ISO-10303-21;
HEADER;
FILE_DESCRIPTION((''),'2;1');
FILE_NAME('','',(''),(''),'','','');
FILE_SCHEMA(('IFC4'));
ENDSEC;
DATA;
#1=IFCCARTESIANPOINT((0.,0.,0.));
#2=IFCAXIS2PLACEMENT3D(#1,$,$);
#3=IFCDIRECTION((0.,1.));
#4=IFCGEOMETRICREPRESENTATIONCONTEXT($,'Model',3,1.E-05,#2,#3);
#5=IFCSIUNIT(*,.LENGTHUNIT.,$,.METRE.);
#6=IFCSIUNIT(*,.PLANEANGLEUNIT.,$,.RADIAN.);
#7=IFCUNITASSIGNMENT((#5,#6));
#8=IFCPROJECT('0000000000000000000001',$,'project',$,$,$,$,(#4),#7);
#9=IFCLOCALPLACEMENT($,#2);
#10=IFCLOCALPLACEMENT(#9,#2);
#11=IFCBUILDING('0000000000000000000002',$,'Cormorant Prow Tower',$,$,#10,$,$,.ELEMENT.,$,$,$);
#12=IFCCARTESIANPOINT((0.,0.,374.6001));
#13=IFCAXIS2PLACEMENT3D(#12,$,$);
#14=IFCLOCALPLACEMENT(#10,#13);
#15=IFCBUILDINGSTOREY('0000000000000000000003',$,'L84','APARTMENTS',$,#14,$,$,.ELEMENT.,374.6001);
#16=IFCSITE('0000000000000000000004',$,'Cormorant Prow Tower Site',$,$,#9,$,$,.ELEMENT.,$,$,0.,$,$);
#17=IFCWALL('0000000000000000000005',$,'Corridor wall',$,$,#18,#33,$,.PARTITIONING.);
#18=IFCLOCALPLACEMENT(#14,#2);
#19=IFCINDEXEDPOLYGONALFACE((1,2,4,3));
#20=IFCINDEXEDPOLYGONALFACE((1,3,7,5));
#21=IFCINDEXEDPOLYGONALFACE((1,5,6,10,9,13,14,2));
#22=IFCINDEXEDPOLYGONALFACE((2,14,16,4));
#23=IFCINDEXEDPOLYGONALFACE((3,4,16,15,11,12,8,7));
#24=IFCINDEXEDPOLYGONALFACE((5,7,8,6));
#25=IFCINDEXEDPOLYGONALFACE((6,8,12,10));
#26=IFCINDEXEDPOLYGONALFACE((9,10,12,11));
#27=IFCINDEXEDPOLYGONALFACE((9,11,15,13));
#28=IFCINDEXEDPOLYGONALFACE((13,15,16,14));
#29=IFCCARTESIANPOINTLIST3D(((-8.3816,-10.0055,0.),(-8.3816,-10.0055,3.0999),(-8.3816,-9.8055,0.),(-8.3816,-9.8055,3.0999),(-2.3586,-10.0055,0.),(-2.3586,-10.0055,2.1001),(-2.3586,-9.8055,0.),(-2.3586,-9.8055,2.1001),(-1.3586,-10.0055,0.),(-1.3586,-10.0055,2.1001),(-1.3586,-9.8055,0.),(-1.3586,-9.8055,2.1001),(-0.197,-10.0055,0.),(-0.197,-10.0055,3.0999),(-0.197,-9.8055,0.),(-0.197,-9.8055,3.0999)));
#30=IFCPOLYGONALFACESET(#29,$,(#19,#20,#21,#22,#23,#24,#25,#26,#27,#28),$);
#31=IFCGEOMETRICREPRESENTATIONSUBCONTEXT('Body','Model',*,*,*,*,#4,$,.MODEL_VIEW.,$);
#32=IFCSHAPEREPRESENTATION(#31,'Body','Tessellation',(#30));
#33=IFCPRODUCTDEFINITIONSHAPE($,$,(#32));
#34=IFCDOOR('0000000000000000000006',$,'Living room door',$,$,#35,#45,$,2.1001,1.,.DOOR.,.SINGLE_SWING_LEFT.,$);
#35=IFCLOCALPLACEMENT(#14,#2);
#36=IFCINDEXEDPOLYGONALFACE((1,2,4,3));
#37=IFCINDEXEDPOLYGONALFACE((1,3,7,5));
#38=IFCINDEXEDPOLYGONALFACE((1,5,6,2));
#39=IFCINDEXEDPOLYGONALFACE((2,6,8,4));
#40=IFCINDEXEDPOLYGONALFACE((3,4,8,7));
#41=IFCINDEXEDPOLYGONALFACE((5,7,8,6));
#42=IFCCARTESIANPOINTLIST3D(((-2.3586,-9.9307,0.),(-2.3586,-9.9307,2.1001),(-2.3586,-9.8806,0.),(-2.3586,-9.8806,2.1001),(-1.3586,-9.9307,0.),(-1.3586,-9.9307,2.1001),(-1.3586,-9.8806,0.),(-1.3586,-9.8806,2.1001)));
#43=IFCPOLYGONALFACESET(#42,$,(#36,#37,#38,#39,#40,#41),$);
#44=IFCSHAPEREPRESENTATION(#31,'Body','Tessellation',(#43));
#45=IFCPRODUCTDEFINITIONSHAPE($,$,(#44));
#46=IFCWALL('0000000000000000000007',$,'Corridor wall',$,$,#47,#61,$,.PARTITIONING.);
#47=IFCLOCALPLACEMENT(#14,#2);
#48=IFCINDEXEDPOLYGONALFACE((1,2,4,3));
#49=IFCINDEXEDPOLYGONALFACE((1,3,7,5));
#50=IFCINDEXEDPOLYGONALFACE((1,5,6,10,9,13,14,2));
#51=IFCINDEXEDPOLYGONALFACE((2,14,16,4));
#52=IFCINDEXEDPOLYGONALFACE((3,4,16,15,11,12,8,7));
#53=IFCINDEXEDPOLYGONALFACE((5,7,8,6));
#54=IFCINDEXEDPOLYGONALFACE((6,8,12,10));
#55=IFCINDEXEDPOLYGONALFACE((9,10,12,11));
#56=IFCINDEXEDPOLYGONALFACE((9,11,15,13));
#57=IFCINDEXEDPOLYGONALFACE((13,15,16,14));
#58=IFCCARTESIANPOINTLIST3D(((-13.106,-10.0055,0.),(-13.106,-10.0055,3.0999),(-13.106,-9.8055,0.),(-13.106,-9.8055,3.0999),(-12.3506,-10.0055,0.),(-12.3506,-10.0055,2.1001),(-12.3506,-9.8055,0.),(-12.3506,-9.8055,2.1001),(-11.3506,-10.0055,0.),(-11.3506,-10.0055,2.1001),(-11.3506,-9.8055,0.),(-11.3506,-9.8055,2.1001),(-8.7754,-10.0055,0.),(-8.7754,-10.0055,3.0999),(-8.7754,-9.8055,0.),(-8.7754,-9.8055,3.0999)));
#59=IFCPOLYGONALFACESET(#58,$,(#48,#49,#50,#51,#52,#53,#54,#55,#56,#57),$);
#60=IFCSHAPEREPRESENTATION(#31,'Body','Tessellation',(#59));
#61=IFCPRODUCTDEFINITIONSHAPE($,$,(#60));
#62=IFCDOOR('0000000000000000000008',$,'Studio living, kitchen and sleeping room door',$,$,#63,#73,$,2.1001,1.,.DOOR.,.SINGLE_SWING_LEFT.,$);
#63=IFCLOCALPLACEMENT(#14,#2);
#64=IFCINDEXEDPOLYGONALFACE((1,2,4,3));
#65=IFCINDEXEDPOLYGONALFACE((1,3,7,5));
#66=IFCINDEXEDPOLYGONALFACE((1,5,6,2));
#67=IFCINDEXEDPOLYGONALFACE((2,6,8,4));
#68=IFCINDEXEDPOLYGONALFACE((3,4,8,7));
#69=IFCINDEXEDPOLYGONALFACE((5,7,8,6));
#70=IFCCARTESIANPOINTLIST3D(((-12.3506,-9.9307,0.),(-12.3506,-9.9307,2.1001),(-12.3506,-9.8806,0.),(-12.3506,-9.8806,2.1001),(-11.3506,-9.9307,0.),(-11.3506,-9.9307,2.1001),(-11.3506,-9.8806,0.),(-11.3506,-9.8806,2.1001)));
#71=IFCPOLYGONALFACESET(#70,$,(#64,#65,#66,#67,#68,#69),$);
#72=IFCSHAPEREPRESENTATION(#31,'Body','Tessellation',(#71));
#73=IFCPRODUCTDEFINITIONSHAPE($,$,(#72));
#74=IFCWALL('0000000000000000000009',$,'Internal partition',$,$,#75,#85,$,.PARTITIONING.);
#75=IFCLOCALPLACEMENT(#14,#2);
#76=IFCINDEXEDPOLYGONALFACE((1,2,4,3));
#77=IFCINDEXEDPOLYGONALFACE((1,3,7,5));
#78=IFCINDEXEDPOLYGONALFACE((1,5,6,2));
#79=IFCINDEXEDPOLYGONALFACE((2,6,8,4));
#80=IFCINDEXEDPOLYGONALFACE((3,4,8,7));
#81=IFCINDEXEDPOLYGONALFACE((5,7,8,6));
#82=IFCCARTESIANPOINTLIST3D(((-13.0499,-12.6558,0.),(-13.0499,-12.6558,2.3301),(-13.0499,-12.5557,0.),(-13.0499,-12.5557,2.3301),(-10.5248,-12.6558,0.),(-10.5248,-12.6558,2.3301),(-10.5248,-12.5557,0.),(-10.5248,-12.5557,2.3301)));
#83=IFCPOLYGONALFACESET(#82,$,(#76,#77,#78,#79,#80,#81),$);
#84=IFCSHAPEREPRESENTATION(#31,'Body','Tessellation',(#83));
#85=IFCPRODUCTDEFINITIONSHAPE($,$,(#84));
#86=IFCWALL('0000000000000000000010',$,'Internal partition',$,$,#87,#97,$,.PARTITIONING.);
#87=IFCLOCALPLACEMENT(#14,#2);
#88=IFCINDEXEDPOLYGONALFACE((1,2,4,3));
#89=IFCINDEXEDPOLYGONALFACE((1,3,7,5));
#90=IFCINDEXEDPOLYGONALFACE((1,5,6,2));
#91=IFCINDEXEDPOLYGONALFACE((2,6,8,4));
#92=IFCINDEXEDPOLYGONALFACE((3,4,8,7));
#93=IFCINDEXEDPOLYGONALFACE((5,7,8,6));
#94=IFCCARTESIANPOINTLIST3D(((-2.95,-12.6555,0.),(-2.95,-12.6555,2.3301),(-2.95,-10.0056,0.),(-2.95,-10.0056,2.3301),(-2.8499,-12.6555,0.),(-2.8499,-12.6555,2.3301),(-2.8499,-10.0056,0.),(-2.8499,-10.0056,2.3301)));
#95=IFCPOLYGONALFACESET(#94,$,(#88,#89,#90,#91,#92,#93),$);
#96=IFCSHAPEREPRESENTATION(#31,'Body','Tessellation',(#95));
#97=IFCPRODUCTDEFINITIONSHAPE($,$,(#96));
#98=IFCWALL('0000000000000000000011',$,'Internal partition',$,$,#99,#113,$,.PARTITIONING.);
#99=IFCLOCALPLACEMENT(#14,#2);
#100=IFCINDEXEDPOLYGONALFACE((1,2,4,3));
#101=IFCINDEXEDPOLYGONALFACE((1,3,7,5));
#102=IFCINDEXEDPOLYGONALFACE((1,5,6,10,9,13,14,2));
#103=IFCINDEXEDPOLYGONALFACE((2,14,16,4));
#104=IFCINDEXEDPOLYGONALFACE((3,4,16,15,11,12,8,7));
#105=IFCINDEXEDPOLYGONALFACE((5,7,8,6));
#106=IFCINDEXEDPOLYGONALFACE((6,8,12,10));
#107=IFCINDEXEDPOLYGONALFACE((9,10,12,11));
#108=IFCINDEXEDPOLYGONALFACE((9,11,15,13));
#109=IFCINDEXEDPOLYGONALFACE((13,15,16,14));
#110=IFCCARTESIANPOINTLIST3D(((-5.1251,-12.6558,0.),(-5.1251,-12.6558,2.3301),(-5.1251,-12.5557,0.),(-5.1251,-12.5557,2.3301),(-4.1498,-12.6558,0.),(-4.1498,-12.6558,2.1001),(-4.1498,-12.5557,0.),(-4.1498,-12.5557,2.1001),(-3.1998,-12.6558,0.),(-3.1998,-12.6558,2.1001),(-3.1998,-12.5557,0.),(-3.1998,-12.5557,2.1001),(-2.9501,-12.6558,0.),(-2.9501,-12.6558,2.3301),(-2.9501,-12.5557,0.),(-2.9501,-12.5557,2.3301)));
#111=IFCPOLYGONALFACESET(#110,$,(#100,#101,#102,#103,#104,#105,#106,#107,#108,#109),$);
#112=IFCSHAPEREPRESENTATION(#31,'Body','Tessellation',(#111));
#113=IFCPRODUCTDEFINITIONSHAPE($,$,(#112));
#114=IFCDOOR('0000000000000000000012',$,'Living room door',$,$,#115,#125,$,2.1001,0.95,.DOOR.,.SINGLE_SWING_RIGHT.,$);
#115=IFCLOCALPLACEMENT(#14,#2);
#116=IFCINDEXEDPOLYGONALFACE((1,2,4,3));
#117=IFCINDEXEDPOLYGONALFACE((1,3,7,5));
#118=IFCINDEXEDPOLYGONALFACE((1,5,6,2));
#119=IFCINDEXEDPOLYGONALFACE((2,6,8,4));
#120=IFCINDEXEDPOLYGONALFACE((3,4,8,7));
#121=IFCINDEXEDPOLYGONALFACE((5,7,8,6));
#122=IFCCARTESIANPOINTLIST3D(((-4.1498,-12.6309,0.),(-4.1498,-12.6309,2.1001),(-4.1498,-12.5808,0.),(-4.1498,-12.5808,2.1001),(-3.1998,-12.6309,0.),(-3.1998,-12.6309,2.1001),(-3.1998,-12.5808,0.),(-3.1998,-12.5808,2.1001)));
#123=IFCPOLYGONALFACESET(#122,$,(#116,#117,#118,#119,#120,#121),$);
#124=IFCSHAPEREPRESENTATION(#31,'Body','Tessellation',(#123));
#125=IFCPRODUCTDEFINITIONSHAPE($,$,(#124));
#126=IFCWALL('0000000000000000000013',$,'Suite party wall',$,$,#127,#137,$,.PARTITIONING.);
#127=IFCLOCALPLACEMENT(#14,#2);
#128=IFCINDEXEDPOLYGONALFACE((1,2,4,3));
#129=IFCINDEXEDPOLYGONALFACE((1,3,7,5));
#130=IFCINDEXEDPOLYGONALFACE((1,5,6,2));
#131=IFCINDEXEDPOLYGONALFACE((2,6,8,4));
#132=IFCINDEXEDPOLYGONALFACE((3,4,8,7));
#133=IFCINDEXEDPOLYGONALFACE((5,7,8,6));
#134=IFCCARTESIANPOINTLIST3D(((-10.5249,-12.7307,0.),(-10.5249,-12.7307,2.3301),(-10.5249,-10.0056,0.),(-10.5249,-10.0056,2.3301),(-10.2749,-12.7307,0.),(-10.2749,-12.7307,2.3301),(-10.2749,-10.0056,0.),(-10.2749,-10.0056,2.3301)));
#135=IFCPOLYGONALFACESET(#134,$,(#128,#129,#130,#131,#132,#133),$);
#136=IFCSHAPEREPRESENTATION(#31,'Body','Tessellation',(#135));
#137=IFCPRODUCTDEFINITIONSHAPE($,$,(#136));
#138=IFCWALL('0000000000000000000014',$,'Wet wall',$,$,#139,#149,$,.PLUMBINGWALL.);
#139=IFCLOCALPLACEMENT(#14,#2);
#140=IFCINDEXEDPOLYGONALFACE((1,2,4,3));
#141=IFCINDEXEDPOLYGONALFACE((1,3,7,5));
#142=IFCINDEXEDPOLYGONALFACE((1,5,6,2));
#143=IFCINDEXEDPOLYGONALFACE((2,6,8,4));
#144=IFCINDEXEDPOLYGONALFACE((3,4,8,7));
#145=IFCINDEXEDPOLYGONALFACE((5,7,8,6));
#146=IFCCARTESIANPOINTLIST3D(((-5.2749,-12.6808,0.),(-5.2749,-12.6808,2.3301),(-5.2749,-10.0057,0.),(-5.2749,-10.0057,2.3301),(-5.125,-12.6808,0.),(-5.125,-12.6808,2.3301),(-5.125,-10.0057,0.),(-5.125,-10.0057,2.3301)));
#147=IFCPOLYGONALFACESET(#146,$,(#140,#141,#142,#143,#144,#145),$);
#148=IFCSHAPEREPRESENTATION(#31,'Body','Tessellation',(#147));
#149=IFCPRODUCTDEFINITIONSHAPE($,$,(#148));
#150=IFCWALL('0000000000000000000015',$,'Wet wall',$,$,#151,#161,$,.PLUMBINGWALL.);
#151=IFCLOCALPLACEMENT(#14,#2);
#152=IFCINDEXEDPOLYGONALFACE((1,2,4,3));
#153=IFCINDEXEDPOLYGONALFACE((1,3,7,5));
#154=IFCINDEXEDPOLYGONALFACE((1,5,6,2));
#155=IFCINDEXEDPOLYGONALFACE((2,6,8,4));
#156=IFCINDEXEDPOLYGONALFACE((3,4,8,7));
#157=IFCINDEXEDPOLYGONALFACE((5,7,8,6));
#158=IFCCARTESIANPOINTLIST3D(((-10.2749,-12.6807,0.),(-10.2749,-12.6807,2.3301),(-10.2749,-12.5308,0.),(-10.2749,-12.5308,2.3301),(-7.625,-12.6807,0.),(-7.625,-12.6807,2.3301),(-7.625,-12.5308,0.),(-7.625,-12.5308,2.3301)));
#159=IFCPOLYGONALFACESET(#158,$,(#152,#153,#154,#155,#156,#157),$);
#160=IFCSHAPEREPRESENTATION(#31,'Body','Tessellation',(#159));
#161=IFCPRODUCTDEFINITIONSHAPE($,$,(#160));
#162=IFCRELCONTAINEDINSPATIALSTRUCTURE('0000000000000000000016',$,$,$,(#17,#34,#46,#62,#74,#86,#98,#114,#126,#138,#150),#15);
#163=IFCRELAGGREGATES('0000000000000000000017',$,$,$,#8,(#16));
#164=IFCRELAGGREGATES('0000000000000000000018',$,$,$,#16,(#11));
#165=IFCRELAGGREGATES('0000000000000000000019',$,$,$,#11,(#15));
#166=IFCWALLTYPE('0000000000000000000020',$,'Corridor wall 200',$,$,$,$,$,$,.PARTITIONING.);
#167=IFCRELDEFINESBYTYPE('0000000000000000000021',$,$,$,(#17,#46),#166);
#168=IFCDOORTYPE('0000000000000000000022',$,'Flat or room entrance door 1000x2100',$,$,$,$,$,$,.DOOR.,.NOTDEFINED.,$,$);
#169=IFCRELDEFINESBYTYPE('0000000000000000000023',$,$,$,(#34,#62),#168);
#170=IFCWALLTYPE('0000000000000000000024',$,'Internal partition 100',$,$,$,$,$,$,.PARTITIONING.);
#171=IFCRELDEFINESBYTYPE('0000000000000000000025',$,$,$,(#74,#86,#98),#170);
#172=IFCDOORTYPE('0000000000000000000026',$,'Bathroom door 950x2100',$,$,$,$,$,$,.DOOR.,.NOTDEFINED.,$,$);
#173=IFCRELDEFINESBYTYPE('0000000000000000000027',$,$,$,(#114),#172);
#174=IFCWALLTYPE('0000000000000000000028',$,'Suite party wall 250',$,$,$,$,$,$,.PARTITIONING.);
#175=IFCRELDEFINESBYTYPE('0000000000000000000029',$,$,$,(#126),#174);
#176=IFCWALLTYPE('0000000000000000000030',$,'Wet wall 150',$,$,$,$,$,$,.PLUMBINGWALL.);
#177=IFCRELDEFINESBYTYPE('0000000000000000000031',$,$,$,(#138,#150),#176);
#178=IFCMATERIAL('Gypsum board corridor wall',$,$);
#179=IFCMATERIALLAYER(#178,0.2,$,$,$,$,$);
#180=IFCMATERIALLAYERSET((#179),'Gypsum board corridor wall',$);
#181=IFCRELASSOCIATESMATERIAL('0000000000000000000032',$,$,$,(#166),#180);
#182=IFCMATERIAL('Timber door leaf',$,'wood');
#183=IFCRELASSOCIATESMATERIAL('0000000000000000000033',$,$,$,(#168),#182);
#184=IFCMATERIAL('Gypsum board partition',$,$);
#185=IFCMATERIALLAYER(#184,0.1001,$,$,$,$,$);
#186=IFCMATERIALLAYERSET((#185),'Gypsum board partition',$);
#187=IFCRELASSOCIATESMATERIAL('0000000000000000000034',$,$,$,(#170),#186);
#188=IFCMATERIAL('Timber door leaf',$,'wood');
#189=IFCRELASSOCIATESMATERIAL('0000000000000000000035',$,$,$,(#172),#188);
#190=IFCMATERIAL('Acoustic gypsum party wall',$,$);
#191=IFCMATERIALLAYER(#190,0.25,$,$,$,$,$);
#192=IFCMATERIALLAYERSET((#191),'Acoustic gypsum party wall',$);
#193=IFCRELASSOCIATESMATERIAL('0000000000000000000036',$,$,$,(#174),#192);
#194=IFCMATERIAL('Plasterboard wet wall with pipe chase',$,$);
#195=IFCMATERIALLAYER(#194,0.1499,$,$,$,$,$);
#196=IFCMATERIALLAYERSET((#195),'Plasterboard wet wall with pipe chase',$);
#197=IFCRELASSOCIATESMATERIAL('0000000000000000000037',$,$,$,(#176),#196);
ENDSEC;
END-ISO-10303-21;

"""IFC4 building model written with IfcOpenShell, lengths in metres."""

from ifc_helpers import new_model, si_unit, direction, frame, frame_2d, origin, place, context, subcontext, project, spatial, rectangle, extrude, material, layer, layer_set, type_object, element, fill, save


model = new_model("IFC4")

# Units and contexts
model_context = context("Model", 3, precision=1e-05, world=origin(), true_north=direction((0.0, 1.0)))
body_context = subcontext(model_context, "Body", "Model", "MODEL_VIEW")
ifc_project = project(units=[si_unit("LENGTHUNIT", "METRE"), si_unit("PLANEANGLEUNIT", "RADIAN")], contexts=[model_context])

# Site, building, storey
site_placement = place(None, origin())
site = spatial("IfcSite", under=ifc_project, at=site_placement, Name="Cormorant Prow Tower Site", CompositionType="ELEMENT", RefElevation=0.0)
building_placement = place(site_placement, origin())
building = spatial("IfcBuilding", under=site, at=building_placement, Name="Cormorant Prow Tower", CompositionType="ELEMENT")
storey_placement = place(building_placement, frame((0.0, 0.0, 374.6001)))
storey = spatial("IfcBuildingStorey", under=building, at=storey_placement, Name="L84", Description="APARTMENTS", CompositionType="ELEMENT", Elevation=374.6001)

# Walls, openings, doors
ifc_material_1 = material(Name="Gypsum board corridor wall")
ifc_layer_1 = layer(ifc_material_1, 0.2)
ifc_layer_set_1 = layer_set([ifc_layer_1], Name="Gypsum board corridor wall")
wall_type_1 = type_object("IfcWallType", Name="Corridor wall 200", PredefinedType="PARTITIONING", material=ifc_layer_set_1)
wall_1_placement = place(storey_placement, frame((-8.3816, -9.9055, 0.0), z_axis=(0.0, 0.0, 1.0), x_axis=(1.0, 0.0, 0.0)))
wall_1 = element("IfcWall", 1, at=wall_1_placement, inside=storey, type_object=wall_type_1, Name="Corridor wall", PredefinedType="PARTITIONING", context=body_context, shape_type="SweptSolid", body=[
    extrude(rectangle(XDim=8.1846, YDim=0.2, at=frame_2d((4.0923, 0.0))), origin(), (0.0, 0.0, 1.0), 3.0999),
])
opening_1_placement = place(wall_1_placement, frame((6.0229, 0.0, 0.0)))
opening_1 = element("IfcOpeningElement", 2, at=opening_1_placement, cuts=wall_1, PredefinedType="OPENING", context=body_context, shape_type="SweptSolid", body=[
    extrude(rectangle(XDim=1.0, YDim=2.1001, at=frame_2d((0.5, 1.05))), frame((0.0, 0.1099, 0.0), z_axis=(0.0, -1.0, 0.0), x_axis=(1.0, 0.0, 0.0)), (0.0, 0.0, 1.0), 0.22),
])
ifc_material_2 = material(Name="Timber door leaf", Category="wood")
door_type_1 = type_object("IfcDoorType", Name="Flat or room entrance door 1000x2100", OperationType="NOTDEFINED", PredefinedType="DOOR", material=ifc_material_2)
door_1_placement = place(opening_1_placement, origin())
door_1 = element("IfcDoor", 3, at=door_1_placement, inside=storey, type_object=door_type_1, Name="Living room door", OperationType="SINGLE_SWING_LEFT", OverallHeight=2.1001, OverallWidth=1.0, PredefinedType="DOOR", context=body_context, shape_type="SweptSolid", body=[
    extrude(rectangle(XDim=1.0, YDim=2.1001, at=frame_2d((0.5, 1.05))), frame((0.0, 0.0249, 0.0), z_axis=(0.0, -1.0, 0.0), x_axis=(1.0, 0.0, 0.0)), (0.0, 0.0, 1.0), 0.05),
])
fill(opening_1, door_1)
wall_2_placement = place(storey_placement, frame((-13.106, -9.9055, 0.0), z_axis=(0.0, 0.0, 1.0), x_axis=(1.0, 0.0, 0.0)))
wall_2 = element("IfcWall", 4, at=wall_2_placement, inside=storey, type_object=wall_type_1, Name="Corridor wall", PredefinedType="PARTITIONING", context=body_context, shape_type="SweptSolid", body=[
    extrude(rectangle(XDim=4.3306, YDim=0.2, at=frame_2d((2.1653, 0.0))), origin(), (0.0, 0.0, 1.0), 3.0999),
])
opening_2_placement = place(wall_2_placement, frame((0.7554, 0.0, 0.0)))
opening_2 = element("IfcOpeningElement", 5, at=opening_2_placement, cuts=wall_2, PredefinedType="OPENING", context=body_context, shape_type="SweptSolid", body=[
    extrude(rectangle(XDim=1.0, YDim=2.1001, at=frame_2d((0.5, 1.05))), frame((0.0, 0.1099, 0.0), z_axis=(0.0, -1.0, 0.0), x_axis=(1.0, 0.0, 0.0)), (0.0, 0.0, 1.0), 0.22),
])
door_2_placement = place(opening_2_placement, origin())
door_2 = element("IfcDoor", 6, at=door_2_placement, inside=storey, type_object=door_type_1, Name="Studio living, kitchen and sleeping room door", OperationType="SINGLE_SWING_LEFT", OverallHeight=2.1001, OverallWidth=1.0, PredefinedType="DOOR", context=body_context, shape_type="SweptSolid", body=[
    extrude(rectangle(XDim=1.0, YDim=2.1001, at=frame_2d((0.5, 1.05))), frame((0.0, 0.0249, 0.0), z_axis=(0.0, -1.0, 0.0), x_axis=(1.0, 0.0, 0.0)), (0.0, 0.0, 1.0), 0.05),
])
fill(opening_2, door_2)

# Walls
ifc_material_3 = material(Name="Gypsum board partition")
ifc_layer_2 = layer(ifc_material_3, 0.1001)
ifc_layer_set_2 = layer_set([ifc_layer_2], Name="Gypsum board partition")
wall_type_2 = type_object("IfcWallType", Name="Internal partition 100", PredefinedType="PARTITIONING", material=ifc_layer_set_2)
wall_3_placement = place(storey_placement, frame((-13.05, -12.6057, 0.0), z_axis=(0.0, 0.0, 1.0), x_axis=(1.0, 0.0, 0.0)))
element("IfcWall", 7, at=wall_3_placement, inside=storey, type_object=wall_type_2, Name="Internal partition", PredefinedType="PARTITIONING", context=body_context, shape_type="SweptSolid", body=[
    extrude(rectangle(XDim=2.5251, YDim=0.1001, at=frame_2d((1.2627, 0.0))), origin(), (0.0, 0.0, 1.0), 2.3301),
])
wall_4_placement = place(storey_placement, frame((-2.8999, -12.6555, 0.0), z_axis=(0.0, 0.0, 1.0), x_axis=(0.0, 1.0, 0.0)))
element("IfcWall", 8, at=wall_4_placement, inside=storey, type_object=wall_type_2, Name="Internal partition", PredefinedType="PARTITIONING", context=body_context, shape_type="SweptSolid", body=[
    extrude(rectangle(XDim=2.6499, YDim=0.1001, at=frame_2d((1.325, 0.0))), origin(), (0.0, 0.0, 1.0), 2.3301),
])

# Wall, opening, door
wall_5_placement = place(storey_placement, frame((-5.125, -12.6057, 0.0), z_axis=(0.0, 0.0, 1.0), x_axis=(1.0, 0.0, 0.0)))
wall_5 = element("IfcWall", 9, at=wall_5_placement, inside=storey, type_object=wall_type_2, Name="Internal partition", PredefinedType="PARTITIONING", context=body_context, shape_type="SweptSolid", body=[
    extrude(rectangle(XDim=2.175, YDim=0.1001, at=frame_2d((1.0874, 0.0))), origin(), (0.0, 0.0, 1.0), 2.3301),
])
opening_3_placement = place(wall_5_placement, frame((0.9751, 0.0, 0.0)))
opening_3 = element("IfcOpeningElement", 10, at=opening_3_placement, cuts=wall_5, PredefinedType="OPENING", context=body_context, shape_type="SweptSolid", body=[
    extrude(rectangle(XDim=0.95, YDim=2.1001, at=frame_2d((0.4751, 1.05))), frame((0.0, 0.0601, 0.0), z_axis=(0.0, -1.0, 0.0), x_axis=(1.0, 0.0, 0.0)), (0.0, 0.0, 1.0), 0.1201),
])
ifc_material_4 = material(Name="Timber door leaf", Category="wood")
door_type_2 = type_object("IfcDoorType", Name="Bathroom door 950x2100", OperationType="NOTDEFINED", PredefinedType="DOOR", material=ifc_material_4)
door_3_placement = place(opening_3_placement, origin())
door_3 = element("IfcDoor", 11, at=door_3_placement, inside=storey, type_object=door_type_2, Name="Living room door", OperationType="SINGLE_SWING_RIGHT", OverallHeight=2.1001, OverallWidth=0.95, PredefinedType="DOOR", context=body_context, shape_type="SweptSolid", body=[
    extrude(rectangle(XDim=0.95, YDim=2.1001, at=frame_2d((0.4751, 1.05))), frame((0.0, 0.0249, 0.0), z_axis=(0.0, -1.0, 0.0), x_axis=(1.0, 0.0, 0.0)), (0.0, 0.0, 1.0), 0.05),
])
fill(opening_3, door_3)

# Walls
ifc_material_5 = material(Name="Acoustic gypsum party wall")
ifc_layer_3 = layer(ifc_material_5, 0.25)
ifc_layer_set_3 = layer_set([ifc_layer_3], Name="Acoustic gypsum party wall")
wall_type_3 = type_object("IfcWallType", Name="Suite party wall 250", PredefinedType="PARTITIONING", material=ifc_layer_set_3)
wall_6_placement = place(storey_placement, frame((-10.3999, -12.7307, 0.0), z_axis=(0.0, 0.0, 1.0), x_axis=(0.0, 1.0, 0.0)))
element("IfcWall", 12, at=wall_6_placement, inside=storey, type_object=wall_type_3, Name="Suite party wall", PredefinedType="PARTITIONING", context=body_context, shape_type="SweptSolid", body=[
    extrude(rectangle(XDim=2.7251, YDim=0.25, at=frame_2d((1.3625, 0.0))), origin(), (0.0, 0.0, 1.0), 2.3301),
])
ifc_material_6 = material(Name="Plasterboard wet wall with pipe chase")
ifc_layer_4 = layer(ifc_material_6, 0.1499)
ifc_layer_set_4 = layer_set([ifc_layer_4], Name="Plasterboard wet wall with pipe chase")
wall_type_4 = type_object("IfcWallType", Name="Wet wall 150", PredefinedType="PLUMBINGWALL", material=ifc_layer_set_4)
wall_7_placement = place(storey_placement, frame((-5.2, -12.6807, 0.0), z_axis=(0.0, 0.0, 1.0), x_axis=(0.0, 1.0, 0.0)))
element("IfcWall", 13, at=wall_7_placement, inside=storey, type_object=wall_type_4, Name="Wet wall", PredefinedType="PLUMBINGWALL", context=body_context, shape_type="SweptSolid", body=[
    extrude(rectangle(XDim=2.675, YDim=0.1499, at=frame_2d((1.3374, 0.0))), origin(), (0.0, 0.0, 1.0), 2.3301),
])
wall_8_placement = place(storey_placement, frame((-10.2749, -12.6057, 0.0), z_axis=(0.0, 0.0, 1.0), x_axis=(1.0, 0.0, 0.0)))
element("IfcWall", 14, at=wall_8_placement, inside=storey, type_object=wall_type_4, Name="Wet wall", PredefinedType="PLUMBINGWALL", context=body_context, shape_type="SweptSolid", body=[
    extrude(rectangle(XDim=2.6499, YDim=0.1499, at=frame_2d((1.325, 0.0))), origin(), (0.0, 0.0, 1.0), 2.3301),
])

save(model, "model.ifc")
